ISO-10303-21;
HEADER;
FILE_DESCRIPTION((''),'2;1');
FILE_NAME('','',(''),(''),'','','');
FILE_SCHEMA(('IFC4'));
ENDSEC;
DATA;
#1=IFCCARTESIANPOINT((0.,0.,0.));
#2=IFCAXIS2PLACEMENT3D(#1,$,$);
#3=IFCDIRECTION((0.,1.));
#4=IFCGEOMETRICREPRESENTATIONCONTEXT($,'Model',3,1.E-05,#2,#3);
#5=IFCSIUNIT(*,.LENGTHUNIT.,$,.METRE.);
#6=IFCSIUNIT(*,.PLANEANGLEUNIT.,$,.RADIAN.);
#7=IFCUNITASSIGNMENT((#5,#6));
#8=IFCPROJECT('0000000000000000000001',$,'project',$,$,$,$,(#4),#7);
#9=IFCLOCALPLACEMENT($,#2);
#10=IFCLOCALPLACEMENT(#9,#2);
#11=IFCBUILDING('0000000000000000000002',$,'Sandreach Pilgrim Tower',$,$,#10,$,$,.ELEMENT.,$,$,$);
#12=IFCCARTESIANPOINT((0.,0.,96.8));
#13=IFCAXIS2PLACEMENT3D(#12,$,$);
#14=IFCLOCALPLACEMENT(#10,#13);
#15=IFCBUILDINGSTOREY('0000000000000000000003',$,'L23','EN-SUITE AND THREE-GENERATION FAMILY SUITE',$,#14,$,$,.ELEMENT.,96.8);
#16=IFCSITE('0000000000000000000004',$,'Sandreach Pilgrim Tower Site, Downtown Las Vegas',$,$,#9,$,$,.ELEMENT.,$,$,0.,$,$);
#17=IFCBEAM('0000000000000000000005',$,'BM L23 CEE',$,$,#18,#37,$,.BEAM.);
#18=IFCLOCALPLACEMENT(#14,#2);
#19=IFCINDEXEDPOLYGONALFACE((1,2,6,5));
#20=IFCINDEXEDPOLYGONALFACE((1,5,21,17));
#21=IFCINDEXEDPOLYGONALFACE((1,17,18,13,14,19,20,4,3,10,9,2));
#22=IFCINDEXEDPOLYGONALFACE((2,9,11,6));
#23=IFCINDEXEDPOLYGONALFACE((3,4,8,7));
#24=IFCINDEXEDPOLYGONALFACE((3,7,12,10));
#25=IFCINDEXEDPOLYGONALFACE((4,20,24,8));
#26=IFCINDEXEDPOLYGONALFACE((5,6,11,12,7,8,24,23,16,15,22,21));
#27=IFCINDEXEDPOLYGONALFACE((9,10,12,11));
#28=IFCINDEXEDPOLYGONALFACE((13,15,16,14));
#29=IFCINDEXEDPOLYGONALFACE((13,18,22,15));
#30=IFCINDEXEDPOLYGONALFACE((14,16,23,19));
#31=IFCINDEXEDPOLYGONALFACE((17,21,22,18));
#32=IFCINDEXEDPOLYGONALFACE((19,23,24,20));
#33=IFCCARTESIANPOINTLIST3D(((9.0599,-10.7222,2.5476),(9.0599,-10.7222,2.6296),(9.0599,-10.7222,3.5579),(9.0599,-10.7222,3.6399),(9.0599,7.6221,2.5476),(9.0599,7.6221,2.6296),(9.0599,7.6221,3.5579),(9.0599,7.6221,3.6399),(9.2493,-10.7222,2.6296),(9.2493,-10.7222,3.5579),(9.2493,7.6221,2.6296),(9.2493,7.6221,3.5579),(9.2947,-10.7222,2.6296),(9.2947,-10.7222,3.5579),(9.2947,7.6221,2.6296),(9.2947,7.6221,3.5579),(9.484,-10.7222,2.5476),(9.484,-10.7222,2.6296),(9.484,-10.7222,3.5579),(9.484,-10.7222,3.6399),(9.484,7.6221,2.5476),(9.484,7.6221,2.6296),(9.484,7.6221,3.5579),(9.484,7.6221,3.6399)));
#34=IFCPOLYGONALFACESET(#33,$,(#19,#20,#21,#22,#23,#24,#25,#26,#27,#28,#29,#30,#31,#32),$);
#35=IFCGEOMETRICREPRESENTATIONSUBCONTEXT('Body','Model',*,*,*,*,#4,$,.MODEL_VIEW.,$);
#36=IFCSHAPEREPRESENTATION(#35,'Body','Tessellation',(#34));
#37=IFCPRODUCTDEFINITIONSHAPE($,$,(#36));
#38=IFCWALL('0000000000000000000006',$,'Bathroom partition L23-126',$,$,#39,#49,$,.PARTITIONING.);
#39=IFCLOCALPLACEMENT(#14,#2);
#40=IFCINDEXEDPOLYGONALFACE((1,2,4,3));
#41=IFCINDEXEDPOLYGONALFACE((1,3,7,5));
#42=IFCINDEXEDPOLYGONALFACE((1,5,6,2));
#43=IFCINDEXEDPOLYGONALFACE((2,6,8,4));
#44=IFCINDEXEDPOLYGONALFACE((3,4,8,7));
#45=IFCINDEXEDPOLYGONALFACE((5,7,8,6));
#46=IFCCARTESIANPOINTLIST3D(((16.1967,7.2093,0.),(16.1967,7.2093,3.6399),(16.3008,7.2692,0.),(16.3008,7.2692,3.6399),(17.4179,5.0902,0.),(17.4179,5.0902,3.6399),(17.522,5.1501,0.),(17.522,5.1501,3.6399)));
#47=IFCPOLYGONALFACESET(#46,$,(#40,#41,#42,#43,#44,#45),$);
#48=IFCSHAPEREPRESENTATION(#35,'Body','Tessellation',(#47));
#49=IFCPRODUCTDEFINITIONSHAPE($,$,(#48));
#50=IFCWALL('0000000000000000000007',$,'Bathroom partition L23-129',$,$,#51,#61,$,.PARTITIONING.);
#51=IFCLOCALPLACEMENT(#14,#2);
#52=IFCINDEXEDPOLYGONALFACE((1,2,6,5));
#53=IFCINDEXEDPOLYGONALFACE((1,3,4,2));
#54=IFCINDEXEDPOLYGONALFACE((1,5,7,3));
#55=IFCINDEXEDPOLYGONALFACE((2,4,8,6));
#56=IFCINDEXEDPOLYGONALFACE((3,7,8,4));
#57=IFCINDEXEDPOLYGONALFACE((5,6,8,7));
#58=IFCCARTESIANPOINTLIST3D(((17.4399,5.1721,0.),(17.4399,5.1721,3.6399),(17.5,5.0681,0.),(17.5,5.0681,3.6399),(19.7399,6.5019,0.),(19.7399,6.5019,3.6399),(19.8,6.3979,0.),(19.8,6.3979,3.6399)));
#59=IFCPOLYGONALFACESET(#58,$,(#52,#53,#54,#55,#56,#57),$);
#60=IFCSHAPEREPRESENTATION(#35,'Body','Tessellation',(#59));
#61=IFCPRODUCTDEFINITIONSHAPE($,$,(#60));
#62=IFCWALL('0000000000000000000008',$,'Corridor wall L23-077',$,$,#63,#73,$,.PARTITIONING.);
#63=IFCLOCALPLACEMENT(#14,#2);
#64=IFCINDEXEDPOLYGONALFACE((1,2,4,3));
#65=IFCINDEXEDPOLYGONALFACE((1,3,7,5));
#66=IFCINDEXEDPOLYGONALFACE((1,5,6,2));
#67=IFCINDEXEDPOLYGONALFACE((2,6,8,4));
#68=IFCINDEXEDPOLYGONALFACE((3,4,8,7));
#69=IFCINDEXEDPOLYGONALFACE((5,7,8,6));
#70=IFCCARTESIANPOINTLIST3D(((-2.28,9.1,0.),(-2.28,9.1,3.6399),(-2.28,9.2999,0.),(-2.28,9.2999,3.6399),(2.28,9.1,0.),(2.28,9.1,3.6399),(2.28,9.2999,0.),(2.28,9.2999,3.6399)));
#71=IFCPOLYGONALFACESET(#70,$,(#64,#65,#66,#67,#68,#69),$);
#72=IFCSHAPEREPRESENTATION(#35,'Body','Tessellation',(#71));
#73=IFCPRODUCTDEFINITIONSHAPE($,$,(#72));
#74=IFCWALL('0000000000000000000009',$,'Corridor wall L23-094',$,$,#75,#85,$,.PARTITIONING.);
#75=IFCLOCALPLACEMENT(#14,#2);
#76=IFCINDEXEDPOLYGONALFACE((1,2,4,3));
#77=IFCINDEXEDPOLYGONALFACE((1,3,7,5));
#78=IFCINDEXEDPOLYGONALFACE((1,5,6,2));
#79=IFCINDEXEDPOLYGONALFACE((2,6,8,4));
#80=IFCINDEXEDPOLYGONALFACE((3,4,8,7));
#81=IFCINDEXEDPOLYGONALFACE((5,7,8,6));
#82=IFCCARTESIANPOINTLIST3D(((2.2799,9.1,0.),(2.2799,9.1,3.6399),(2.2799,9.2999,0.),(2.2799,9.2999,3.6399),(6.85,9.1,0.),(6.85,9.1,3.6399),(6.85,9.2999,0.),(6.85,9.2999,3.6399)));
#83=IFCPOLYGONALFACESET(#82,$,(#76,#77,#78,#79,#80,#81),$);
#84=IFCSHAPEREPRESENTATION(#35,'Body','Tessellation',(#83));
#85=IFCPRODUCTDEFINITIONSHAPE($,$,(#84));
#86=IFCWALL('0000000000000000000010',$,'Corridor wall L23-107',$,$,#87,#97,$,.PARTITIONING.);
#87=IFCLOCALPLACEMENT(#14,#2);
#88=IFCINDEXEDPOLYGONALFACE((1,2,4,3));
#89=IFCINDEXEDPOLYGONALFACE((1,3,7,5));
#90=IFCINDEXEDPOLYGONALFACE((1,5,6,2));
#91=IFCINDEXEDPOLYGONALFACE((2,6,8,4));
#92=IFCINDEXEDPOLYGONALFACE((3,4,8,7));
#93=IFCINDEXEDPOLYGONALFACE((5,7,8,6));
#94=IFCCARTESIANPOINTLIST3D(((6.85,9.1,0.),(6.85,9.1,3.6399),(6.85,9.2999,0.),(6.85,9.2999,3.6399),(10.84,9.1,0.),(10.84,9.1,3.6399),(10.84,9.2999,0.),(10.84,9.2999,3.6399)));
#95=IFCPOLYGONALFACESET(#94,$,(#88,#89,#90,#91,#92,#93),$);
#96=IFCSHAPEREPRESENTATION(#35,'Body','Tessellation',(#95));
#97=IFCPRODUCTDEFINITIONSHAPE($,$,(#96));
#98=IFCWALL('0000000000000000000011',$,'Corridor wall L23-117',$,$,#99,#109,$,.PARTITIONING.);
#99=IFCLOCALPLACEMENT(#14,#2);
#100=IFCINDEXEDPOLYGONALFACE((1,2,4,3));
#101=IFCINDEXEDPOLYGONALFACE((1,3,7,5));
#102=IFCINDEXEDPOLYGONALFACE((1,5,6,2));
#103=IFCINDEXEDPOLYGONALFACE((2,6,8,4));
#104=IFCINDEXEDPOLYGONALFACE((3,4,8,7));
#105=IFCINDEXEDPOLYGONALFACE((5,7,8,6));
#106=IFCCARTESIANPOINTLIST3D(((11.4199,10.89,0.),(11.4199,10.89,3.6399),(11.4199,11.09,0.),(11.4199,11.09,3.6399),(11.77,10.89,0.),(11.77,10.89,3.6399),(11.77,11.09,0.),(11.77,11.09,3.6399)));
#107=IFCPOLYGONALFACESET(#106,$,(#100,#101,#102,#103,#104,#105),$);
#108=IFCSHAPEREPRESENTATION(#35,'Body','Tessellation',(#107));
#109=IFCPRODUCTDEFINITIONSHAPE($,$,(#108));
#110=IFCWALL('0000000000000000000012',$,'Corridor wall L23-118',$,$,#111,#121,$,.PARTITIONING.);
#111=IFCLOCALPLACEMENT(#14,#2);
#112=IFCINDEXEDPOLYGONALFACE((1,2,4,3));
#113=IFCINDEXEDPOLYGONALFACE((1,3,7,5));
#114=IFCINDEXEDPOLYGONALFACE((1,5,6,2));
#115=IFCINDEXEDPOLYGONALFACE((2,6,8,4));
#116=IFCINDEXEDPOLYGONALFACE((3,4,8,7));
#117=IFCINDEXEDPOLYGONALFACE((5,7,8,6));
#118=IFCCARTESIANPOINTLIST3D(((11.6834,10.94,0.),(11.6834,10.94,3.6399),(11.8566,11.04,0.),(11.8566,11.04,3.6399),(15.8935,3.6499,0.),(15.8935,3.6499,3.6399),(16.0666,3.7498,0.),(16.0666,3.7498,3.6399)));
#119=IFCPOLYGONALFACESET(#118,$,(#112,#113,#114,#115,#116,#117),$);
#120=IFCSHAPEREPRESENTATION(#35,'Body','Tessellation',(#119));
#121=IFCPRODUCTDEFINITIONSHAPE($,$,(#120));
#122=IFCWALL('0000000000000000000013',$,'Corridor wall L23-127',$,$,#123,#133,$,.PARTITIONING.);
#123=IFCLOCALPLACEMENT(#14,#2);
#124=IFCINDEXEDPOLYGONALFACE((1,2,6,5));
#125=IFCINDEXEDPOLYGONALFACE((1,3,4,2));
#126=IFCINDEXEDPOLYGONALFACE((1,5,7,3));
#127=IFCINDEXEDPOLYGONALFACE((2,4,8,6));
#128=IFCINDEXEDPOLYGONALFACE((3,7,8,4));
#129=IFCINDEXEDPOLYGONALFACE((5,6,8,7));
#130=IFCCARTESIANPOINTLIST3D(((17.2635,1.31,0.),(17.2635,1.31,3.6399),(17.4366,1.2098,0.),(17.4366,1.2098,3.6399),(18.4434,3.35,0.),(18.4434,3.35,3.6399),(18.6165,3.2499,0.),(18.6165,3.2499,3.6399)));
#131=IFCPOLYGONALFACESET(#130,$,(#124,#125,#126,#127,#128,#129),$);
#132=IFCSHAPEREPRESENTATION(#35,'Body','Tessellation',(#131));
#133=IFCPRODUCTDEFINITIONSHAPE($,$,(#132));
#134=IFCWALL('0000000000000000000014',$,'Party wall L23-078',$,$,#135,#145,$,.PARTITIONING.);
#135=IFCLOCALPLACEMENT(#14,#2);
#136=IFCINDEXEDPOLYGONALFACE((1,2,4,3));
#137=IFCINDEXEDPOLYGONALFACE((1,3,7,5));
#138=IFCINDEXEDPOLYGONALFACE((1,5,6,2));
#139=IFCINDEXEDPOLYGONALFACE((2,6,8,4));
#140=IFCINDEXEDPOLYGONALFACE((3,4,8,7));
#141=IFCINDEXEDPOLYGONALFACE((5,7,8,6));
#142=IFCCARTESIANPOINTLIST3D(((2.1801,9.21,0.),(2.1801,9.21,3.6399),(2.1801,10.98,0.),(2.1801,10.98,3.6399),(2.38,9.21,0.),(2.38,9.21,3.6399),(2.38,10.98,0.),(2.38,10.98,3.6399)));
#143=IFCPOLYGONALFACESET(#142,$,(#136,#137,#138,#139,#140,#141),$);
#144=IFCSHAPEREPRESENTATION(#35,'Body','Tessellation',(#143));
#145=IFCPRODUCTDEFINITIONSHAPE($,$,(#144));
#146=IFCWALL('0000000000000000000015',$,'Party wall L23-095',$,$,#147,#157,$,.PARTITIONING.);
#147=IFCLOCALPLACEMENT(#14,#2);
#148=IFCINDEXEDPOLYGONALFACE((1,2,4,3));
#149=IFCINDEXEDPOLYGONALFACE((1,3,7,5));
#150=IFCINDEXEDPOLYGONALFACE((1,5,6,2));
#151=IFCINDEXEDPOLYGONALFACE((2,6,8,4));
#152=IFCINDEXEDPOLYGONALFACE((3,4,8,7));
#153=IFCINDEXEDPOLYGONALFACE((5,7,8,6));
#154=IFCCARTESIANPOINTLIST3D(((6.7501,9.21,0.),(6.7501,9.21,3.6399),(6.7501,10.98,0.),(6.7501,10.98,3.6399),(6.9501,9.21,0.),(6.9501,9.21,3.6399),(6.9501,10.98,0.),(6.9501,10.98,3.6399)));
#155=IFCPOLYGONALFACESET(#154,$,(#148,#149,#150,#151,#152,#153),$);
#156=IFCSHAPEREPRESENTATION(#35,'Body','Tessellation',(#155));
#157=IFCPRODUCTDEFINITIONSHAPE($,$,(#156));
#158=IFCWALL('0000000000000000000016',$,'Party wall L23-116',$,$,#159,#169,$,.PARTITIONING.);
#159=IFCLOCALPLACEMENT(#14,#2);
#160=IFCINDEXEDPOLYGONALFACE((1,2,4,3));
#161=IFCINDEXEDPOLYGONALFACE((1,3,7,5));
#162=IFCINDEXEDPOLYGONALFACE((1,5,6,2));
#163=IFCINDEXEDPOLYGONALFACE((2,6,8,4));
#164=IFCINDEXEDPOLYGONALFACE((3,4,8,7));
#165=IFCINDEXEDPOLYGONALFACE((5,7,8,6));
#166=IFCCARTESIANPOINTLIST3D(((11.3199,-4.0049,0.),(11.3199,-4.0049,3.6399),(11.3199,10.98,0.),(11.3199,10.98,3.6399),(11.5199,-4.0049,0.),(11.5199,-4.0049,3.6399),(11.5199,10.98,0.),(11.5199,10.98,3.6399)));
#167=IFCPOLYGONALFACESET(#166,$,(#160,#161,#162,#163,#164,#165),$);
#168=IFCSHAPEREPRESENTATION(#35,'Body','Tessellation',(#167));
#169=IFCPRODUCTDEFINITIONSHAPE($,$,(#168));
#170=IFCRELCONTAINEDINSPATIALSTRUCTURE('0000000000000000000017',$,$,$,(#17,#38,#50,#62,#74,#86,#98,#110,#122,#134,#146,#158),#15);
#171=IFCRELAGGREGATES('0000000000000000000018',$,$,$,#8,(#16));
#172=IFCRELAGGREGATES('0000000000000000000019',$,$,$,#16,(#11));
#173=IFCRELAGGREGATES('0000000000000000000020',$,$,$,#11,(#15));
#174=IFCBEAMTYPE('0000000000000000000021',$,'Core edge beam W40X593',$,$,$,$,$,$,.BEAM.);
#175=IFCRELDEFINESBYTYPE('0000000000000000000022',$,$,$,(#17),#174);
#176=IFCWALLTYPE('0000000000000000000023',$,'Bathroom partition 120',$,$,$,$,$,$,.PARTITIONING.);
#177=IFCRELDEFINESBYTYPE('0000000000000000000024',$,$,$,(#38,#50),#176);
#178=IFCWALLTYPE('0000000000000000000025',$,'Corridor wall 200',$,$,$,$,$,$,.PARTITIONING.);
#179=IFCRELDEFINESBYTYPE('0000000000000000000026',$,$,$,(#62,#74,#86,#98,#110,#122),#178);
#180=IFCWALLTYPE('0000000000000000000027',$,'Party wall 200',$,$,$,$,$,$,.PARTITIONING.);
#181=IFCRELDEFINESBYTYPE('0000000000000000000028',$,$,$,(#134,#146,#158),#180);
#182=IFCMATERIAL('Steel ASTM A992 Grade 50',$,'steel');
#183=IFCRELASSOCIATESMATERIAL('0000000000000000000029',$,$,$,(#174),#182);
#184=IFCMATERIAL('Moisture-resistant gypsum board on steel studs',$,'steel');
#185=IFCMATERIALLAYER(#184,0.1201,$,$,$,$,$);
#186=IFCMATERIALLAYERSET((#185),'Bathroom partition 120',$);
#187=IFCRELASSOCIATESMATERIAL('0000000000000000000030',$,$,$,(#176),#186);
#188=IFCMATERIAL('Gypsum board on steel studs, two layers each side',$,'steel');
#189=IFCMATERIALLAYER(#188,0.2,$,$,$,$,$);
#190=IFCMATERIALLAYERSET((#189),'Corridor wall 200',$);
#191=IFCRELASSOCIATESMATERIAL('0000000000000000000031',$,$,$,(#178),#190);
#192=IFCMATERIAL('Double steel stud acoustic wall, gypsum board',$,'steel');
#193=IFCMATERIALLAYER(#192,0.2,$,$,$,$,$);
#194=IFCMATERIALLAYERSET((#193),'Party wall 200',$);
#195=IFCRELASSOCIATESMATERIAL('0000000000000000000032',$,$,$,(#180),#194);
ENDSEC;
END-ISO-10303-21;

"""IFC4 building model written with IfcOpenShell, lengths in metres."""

from ifc_helpers import new_model, si_unit, direction, frame, frame_2d, origin, origin_2d, place, context, subcontext, project, spatial, rectangle, i_section, extrude, material, layer, layer_set, material_profile, profile_set, type_object, element, save


model = new_model("IFC4")

# Units and contexts
model_context = context("Model", 3, precision=1e-05, world=origin(), true_north=direction((0.0, 1.0)))
body_context = subcontext(model_context, "Body", "Model", "MODEL_VIEW")
ifc_project = project(units=[si_unit("LENGTHUNIT", "METRE"), si_unit("PLANEANGLEUNIT", "RADIAN")], contexts=[model_context])

# Site, building, storey
site_placement = place(None, origin())
site = spatial("IfcSite", under=ifc_project, at=site_placement, Name="Sandreach Pilgrim Tower Site, Downtown Las Vegas", CompositionType="ELEMENT", RefElevation=0.0)
building_placement = place(site_placement, origin())
building = spatial("IfcBuilding", under=site, at=building_placement, Name="Sandreach Pilgrim Tower", CompositionType="ELEMENT")
storey_placement = place(building_placement, frame((0.0, 0.0, 96.8)))
storey = spatial("IfcBuildingStorey", under=building, at=storey_placement, Name="L23", Description="EN-SUITE AND THREE-GENERATION FAMILY SUITE", CompositionType="ELEMENT", Elevation=96.8)

# Beam
ifc_material_1 = material(Name="Steel ASTM A992 Grade 50", Category="steel")
ifc_material_profile = material_profile(ifc_material_1, i_section(OverallWidth=0.4241, OverallDepth=1.0923, WebThickness=0.0454, FlangeThickness=0.082, at=origin_2d()), Name="W40X593")
ifc_profile_set = profile_set([ifc_material_profile], Name="Steel ASTM A992 Grade 50")
beam_type = type_object("IfcBeamType", Name="Core edge beam W40X593", PredefinedType="BEAM", material=ifc_profile_set)
beam_placement = place(storey_placement, frame((9.272, 7.6221, 3.0938), z_axis=(0.0, -1.0, 0.0), x_axis=(1.0, 0.0, 0.0)))
element("IfcBeam", 1, at=beam_placement, inside=storey, type_object=beam_type, Name="BM L23 CEE", PredefinedType="BEAM", context=body_context, shape_type="SweptSolid", body=[
    extrude(i_section(OverallWidth=0.4241, OverallDepth=1.0923, WebThickness=0.0454, FlangeThickness=0.082, at=origin_2d()), origin(), (0.0, 0.0, 1.0), 18.3442),
])

# Walls
ifc_material_2 = material(Name="Moisture-resistant gypsum board on steel studs", Category="steel")
ifc_layer_1 = layer(ifc_material_2, 0.1201)
ifc_layer_set_1 = layer_set([ifc_layer_1], Name="Bathroom partition 120")
wall_type_1 = type_object("IfcWallType", Name="Bathroom partition 120", PredefinedType="PARTITIONING", material=ifc_layer_set_1)
wall_1_placement = place(storey_placement, frame((16.2488, 7.2393, 0.0), z_axis=(0.0, 0.0, 1.0), x_axis=(0.499296, -0.866431, 0.0)))
element("IfcWall", 2, at=wall_1_placement, inside=storey, type_object=wall_type_1, Name="Bathroom partition L23-126", PredefinedType="PARTITIONING", context=body_context, shape_type="SweptSolid", body=[
    extrude(rectangle(XDim=2.4458, YDim=0.1201, at=frame_2d((1.2229, 0.0))), origin(), (0.0, 0.0, 1.0), 3.6399),
])
wall_2_placement = place(storey_placement, frame((17.47, 5.1201, 0.0), z_axis=(0.0, 0.0, 1.0), x_axis=(0.865716, 0.500536, 0.0)))
element("IfcWall", 3, at=wall_2_placement, inside=storey, type_object=wall_type_1, Name="Bathroom partition L23-129", PredefinedType="PARTITIONING", context=body_context, shape_type="SweptSolid", body=[
    extrude(rectangle(XDim=2.6567, YDim=0.1201, at=frame_2d((1.3284, 0.0))), origin(), (0.0, 0.0, 1.0), 3.6399),
])

# Wall
ifc_material_3 = material(Name="Gypsum board on steel studs, two layers each side", Category="steel")
ifc_layer_2 = layer(ifc_material_3, 0.2)
ifc_layer_set_2 = layer_set([ifc_layer_2], Name="Corridor wall 200")
wall_type_2 = type_object("IfcWallType", Name="Corridor wall 200", PredefinedType="PARTITIONING", material=ifc_layer_set_2)
wall_3_placement = place(storey_placement, frame((2.28, 9.2, 0.0), z_axis=(0.0, 0.0, 1.0), x_axis=(-1.0, 0.0, 0.0)))
element("IfcWall", 4, at=wall_3_placement, inside=storey, type_object=wall_type_2, Name="Corridor wall L23-077", PredefinedType="PARTITIONING", context=body_context, shape_type="SweptSolid", body=[
    extrude(rectangle(XDim=4.5601, YDim=0.2, at=frame_2d((2.28, 0.0))), origin(), (0.0, 0.0, 1.0), 3.6399),
])

# Wall
wall_4_placement = place(storey_placement, frame((6.8501, 9.2, 0.0), z_axis=(0.0, 0.0, 1.0), x_axis=(-1.0, 0.0, 0.0)))
element("IfcWall", 5, at=wall_4_placement, inside=storey, type_object=wall_type_2, Name="Corridor wall L23-094", PredefinedType="PARTITIONING", context=body_context, shape_type="SweptSolid", body=[
    extrude(rectangle(XDim=4.5701, YDim=0.2, at=frame_2d((2.2852, 0.0))), origin(), (0.0, 0.0, 1.0), 3.6399),
])

# Walls
wall_5_placement = place(storey_placement, frame((10.8401, 9.2, 0.0), z_axis=(0.0, 0.0, 1.0), x_axis=(-1.0, 0.0, 0.0)))
element("IfcWall", 6, at=wall_5_placement, inside=storey, type_object=wall_type_2, Name="Corridor wall L23-107", PredefinedType="PARTITIONING", context=body_context, shape_type="SweptSolid", body=[
    extrude(rectangle(XDim=3.99, YDim=0.2, at=frame_2d((1.9951, 0.0))), origin(), (0.0, 0.0, 1.0), 3.6399),
])
wall_6_placement = place(storey_placement, frame((11.4199, 10.99, 0.0), z_axis=(0.0, 0.0, 1.0), x_axis=(1.0, 0.0, 0.0)))
element("IfcWall", 7, at=wall_6_placement, inside=storey, type_object=wall_type_2, Name="Corridor wall L23-117", PredefinedType="PARTITIONING", context=body_context, shape_type="SweptSolid", body=[
    extrude(rectangle(XDim=0.3501, YDim=0.2, at=frame_2d((0.175, 0.0))), origin(), (0.0, 0.0, 1.0), 3.6399),
])
wall_7_placement = place(storey_placement, frame((11.77, 10.99, 0.0), z_axis=(0.0, 0.0, 1.0), x_axis=(0.500094, -0.865971, 0.0)))
element("IfcWall", 8, at=wall_7_placement, inside=storey, type_object=wall_type_2, Name="Corridor wall L23-118", PredefinedType="PARTITIONING", context=body_context, shape_type="SweptSolid", body=[
    extrude(rectangle(XDim=8.4185, YDim=0.2, at=frame_2d((4.2092, 0.0))), origin(), (0.0, 0.0, 1.0), 3.6399),
])

# Wall
wall_8_placement = place(storey_placement, frame((17.3501, 1.26, 0.0), z_axis=(0.0, 0.0, 1.0), x_axis=(0.500673, 0.865637, 0.0)))
element("IfcWall", 9, at=wall_8_placement, inside=storey, type_object=wall_type_2, Name="Corridor wall L23-127", PredefinedType="PARTITIONING", context=body_context, shape_type="SweptSolid", body=[
    extrude(rectangle(XDim=2.3567, YDim=0.2, at=frame_2d((1.1782, 0.0))), origin(), (0.0, 0.0, 1.0), 3.6399),
])

# Walls
ifc_material_4 = material(Name="Double steel stud acoustic wall, gypsum board", Category="steel")
ifc_layer_3 = layer(ifc_material_4, 0.2)
ifc_layer_set_3 = layer_set([ifc_layer_3], Name="Party wall 200")
wall_type_3 = type_object("IfcWallType", Name="Party wall 200", PredefinedType="PARTITIONING", material=ifc_layer_set_3)
for number, where, z_axis, x_axis, name in (
    (10, (2.28, 10.98, 0.0), (0.0, 0.0, 1.0), (0.0, -1.0, 0.0), "Party wall L23-078"),
    (11, (6.8501, 10.98, 0.0), (0.0, 0.0, 1.0), (0.0, -1.0, 0.0), "Party wall L23-095"),
):
    element("IfcWall", number, at=place(storey_placement, frame(where, z_axis=z_axis, x_axis=x_axis)), inside=storey, type_object=wall_type_3, Name=name, PredefinedType="PARTITIONING", context=body_context, shape_type="SweptSolid", body=[
        extrude(rectangle(XDim=1.77, YDim=0.2, at=frame_2d((0.885, 0.0))), origin(), (0.0, 0.0, 1.0), 3.6399),
    ])
wall_9_placement = place(storey_placement, frame((11.4199, 10.98, 0.0), z_axis=(0.0, 0.0, 1.0), x_axis=(0.0, -1.0, 0.0)))
element("IfcWall", 12, at=wall_9_placement, inside=storey, type_object=wall_type_3, Name="Party wall L23-116", PredefinedType="PARTITIONING", context=body_context, shape_type="SweptSolid", body=[
    extrude(rectangle(XDim=14.9849, YDim=0.2, at=frame_2d((7.4924, 0.0))), origin(), (0.0, 0.0, 1.0), 3.6399),
])

save(model, "model.ifc")
